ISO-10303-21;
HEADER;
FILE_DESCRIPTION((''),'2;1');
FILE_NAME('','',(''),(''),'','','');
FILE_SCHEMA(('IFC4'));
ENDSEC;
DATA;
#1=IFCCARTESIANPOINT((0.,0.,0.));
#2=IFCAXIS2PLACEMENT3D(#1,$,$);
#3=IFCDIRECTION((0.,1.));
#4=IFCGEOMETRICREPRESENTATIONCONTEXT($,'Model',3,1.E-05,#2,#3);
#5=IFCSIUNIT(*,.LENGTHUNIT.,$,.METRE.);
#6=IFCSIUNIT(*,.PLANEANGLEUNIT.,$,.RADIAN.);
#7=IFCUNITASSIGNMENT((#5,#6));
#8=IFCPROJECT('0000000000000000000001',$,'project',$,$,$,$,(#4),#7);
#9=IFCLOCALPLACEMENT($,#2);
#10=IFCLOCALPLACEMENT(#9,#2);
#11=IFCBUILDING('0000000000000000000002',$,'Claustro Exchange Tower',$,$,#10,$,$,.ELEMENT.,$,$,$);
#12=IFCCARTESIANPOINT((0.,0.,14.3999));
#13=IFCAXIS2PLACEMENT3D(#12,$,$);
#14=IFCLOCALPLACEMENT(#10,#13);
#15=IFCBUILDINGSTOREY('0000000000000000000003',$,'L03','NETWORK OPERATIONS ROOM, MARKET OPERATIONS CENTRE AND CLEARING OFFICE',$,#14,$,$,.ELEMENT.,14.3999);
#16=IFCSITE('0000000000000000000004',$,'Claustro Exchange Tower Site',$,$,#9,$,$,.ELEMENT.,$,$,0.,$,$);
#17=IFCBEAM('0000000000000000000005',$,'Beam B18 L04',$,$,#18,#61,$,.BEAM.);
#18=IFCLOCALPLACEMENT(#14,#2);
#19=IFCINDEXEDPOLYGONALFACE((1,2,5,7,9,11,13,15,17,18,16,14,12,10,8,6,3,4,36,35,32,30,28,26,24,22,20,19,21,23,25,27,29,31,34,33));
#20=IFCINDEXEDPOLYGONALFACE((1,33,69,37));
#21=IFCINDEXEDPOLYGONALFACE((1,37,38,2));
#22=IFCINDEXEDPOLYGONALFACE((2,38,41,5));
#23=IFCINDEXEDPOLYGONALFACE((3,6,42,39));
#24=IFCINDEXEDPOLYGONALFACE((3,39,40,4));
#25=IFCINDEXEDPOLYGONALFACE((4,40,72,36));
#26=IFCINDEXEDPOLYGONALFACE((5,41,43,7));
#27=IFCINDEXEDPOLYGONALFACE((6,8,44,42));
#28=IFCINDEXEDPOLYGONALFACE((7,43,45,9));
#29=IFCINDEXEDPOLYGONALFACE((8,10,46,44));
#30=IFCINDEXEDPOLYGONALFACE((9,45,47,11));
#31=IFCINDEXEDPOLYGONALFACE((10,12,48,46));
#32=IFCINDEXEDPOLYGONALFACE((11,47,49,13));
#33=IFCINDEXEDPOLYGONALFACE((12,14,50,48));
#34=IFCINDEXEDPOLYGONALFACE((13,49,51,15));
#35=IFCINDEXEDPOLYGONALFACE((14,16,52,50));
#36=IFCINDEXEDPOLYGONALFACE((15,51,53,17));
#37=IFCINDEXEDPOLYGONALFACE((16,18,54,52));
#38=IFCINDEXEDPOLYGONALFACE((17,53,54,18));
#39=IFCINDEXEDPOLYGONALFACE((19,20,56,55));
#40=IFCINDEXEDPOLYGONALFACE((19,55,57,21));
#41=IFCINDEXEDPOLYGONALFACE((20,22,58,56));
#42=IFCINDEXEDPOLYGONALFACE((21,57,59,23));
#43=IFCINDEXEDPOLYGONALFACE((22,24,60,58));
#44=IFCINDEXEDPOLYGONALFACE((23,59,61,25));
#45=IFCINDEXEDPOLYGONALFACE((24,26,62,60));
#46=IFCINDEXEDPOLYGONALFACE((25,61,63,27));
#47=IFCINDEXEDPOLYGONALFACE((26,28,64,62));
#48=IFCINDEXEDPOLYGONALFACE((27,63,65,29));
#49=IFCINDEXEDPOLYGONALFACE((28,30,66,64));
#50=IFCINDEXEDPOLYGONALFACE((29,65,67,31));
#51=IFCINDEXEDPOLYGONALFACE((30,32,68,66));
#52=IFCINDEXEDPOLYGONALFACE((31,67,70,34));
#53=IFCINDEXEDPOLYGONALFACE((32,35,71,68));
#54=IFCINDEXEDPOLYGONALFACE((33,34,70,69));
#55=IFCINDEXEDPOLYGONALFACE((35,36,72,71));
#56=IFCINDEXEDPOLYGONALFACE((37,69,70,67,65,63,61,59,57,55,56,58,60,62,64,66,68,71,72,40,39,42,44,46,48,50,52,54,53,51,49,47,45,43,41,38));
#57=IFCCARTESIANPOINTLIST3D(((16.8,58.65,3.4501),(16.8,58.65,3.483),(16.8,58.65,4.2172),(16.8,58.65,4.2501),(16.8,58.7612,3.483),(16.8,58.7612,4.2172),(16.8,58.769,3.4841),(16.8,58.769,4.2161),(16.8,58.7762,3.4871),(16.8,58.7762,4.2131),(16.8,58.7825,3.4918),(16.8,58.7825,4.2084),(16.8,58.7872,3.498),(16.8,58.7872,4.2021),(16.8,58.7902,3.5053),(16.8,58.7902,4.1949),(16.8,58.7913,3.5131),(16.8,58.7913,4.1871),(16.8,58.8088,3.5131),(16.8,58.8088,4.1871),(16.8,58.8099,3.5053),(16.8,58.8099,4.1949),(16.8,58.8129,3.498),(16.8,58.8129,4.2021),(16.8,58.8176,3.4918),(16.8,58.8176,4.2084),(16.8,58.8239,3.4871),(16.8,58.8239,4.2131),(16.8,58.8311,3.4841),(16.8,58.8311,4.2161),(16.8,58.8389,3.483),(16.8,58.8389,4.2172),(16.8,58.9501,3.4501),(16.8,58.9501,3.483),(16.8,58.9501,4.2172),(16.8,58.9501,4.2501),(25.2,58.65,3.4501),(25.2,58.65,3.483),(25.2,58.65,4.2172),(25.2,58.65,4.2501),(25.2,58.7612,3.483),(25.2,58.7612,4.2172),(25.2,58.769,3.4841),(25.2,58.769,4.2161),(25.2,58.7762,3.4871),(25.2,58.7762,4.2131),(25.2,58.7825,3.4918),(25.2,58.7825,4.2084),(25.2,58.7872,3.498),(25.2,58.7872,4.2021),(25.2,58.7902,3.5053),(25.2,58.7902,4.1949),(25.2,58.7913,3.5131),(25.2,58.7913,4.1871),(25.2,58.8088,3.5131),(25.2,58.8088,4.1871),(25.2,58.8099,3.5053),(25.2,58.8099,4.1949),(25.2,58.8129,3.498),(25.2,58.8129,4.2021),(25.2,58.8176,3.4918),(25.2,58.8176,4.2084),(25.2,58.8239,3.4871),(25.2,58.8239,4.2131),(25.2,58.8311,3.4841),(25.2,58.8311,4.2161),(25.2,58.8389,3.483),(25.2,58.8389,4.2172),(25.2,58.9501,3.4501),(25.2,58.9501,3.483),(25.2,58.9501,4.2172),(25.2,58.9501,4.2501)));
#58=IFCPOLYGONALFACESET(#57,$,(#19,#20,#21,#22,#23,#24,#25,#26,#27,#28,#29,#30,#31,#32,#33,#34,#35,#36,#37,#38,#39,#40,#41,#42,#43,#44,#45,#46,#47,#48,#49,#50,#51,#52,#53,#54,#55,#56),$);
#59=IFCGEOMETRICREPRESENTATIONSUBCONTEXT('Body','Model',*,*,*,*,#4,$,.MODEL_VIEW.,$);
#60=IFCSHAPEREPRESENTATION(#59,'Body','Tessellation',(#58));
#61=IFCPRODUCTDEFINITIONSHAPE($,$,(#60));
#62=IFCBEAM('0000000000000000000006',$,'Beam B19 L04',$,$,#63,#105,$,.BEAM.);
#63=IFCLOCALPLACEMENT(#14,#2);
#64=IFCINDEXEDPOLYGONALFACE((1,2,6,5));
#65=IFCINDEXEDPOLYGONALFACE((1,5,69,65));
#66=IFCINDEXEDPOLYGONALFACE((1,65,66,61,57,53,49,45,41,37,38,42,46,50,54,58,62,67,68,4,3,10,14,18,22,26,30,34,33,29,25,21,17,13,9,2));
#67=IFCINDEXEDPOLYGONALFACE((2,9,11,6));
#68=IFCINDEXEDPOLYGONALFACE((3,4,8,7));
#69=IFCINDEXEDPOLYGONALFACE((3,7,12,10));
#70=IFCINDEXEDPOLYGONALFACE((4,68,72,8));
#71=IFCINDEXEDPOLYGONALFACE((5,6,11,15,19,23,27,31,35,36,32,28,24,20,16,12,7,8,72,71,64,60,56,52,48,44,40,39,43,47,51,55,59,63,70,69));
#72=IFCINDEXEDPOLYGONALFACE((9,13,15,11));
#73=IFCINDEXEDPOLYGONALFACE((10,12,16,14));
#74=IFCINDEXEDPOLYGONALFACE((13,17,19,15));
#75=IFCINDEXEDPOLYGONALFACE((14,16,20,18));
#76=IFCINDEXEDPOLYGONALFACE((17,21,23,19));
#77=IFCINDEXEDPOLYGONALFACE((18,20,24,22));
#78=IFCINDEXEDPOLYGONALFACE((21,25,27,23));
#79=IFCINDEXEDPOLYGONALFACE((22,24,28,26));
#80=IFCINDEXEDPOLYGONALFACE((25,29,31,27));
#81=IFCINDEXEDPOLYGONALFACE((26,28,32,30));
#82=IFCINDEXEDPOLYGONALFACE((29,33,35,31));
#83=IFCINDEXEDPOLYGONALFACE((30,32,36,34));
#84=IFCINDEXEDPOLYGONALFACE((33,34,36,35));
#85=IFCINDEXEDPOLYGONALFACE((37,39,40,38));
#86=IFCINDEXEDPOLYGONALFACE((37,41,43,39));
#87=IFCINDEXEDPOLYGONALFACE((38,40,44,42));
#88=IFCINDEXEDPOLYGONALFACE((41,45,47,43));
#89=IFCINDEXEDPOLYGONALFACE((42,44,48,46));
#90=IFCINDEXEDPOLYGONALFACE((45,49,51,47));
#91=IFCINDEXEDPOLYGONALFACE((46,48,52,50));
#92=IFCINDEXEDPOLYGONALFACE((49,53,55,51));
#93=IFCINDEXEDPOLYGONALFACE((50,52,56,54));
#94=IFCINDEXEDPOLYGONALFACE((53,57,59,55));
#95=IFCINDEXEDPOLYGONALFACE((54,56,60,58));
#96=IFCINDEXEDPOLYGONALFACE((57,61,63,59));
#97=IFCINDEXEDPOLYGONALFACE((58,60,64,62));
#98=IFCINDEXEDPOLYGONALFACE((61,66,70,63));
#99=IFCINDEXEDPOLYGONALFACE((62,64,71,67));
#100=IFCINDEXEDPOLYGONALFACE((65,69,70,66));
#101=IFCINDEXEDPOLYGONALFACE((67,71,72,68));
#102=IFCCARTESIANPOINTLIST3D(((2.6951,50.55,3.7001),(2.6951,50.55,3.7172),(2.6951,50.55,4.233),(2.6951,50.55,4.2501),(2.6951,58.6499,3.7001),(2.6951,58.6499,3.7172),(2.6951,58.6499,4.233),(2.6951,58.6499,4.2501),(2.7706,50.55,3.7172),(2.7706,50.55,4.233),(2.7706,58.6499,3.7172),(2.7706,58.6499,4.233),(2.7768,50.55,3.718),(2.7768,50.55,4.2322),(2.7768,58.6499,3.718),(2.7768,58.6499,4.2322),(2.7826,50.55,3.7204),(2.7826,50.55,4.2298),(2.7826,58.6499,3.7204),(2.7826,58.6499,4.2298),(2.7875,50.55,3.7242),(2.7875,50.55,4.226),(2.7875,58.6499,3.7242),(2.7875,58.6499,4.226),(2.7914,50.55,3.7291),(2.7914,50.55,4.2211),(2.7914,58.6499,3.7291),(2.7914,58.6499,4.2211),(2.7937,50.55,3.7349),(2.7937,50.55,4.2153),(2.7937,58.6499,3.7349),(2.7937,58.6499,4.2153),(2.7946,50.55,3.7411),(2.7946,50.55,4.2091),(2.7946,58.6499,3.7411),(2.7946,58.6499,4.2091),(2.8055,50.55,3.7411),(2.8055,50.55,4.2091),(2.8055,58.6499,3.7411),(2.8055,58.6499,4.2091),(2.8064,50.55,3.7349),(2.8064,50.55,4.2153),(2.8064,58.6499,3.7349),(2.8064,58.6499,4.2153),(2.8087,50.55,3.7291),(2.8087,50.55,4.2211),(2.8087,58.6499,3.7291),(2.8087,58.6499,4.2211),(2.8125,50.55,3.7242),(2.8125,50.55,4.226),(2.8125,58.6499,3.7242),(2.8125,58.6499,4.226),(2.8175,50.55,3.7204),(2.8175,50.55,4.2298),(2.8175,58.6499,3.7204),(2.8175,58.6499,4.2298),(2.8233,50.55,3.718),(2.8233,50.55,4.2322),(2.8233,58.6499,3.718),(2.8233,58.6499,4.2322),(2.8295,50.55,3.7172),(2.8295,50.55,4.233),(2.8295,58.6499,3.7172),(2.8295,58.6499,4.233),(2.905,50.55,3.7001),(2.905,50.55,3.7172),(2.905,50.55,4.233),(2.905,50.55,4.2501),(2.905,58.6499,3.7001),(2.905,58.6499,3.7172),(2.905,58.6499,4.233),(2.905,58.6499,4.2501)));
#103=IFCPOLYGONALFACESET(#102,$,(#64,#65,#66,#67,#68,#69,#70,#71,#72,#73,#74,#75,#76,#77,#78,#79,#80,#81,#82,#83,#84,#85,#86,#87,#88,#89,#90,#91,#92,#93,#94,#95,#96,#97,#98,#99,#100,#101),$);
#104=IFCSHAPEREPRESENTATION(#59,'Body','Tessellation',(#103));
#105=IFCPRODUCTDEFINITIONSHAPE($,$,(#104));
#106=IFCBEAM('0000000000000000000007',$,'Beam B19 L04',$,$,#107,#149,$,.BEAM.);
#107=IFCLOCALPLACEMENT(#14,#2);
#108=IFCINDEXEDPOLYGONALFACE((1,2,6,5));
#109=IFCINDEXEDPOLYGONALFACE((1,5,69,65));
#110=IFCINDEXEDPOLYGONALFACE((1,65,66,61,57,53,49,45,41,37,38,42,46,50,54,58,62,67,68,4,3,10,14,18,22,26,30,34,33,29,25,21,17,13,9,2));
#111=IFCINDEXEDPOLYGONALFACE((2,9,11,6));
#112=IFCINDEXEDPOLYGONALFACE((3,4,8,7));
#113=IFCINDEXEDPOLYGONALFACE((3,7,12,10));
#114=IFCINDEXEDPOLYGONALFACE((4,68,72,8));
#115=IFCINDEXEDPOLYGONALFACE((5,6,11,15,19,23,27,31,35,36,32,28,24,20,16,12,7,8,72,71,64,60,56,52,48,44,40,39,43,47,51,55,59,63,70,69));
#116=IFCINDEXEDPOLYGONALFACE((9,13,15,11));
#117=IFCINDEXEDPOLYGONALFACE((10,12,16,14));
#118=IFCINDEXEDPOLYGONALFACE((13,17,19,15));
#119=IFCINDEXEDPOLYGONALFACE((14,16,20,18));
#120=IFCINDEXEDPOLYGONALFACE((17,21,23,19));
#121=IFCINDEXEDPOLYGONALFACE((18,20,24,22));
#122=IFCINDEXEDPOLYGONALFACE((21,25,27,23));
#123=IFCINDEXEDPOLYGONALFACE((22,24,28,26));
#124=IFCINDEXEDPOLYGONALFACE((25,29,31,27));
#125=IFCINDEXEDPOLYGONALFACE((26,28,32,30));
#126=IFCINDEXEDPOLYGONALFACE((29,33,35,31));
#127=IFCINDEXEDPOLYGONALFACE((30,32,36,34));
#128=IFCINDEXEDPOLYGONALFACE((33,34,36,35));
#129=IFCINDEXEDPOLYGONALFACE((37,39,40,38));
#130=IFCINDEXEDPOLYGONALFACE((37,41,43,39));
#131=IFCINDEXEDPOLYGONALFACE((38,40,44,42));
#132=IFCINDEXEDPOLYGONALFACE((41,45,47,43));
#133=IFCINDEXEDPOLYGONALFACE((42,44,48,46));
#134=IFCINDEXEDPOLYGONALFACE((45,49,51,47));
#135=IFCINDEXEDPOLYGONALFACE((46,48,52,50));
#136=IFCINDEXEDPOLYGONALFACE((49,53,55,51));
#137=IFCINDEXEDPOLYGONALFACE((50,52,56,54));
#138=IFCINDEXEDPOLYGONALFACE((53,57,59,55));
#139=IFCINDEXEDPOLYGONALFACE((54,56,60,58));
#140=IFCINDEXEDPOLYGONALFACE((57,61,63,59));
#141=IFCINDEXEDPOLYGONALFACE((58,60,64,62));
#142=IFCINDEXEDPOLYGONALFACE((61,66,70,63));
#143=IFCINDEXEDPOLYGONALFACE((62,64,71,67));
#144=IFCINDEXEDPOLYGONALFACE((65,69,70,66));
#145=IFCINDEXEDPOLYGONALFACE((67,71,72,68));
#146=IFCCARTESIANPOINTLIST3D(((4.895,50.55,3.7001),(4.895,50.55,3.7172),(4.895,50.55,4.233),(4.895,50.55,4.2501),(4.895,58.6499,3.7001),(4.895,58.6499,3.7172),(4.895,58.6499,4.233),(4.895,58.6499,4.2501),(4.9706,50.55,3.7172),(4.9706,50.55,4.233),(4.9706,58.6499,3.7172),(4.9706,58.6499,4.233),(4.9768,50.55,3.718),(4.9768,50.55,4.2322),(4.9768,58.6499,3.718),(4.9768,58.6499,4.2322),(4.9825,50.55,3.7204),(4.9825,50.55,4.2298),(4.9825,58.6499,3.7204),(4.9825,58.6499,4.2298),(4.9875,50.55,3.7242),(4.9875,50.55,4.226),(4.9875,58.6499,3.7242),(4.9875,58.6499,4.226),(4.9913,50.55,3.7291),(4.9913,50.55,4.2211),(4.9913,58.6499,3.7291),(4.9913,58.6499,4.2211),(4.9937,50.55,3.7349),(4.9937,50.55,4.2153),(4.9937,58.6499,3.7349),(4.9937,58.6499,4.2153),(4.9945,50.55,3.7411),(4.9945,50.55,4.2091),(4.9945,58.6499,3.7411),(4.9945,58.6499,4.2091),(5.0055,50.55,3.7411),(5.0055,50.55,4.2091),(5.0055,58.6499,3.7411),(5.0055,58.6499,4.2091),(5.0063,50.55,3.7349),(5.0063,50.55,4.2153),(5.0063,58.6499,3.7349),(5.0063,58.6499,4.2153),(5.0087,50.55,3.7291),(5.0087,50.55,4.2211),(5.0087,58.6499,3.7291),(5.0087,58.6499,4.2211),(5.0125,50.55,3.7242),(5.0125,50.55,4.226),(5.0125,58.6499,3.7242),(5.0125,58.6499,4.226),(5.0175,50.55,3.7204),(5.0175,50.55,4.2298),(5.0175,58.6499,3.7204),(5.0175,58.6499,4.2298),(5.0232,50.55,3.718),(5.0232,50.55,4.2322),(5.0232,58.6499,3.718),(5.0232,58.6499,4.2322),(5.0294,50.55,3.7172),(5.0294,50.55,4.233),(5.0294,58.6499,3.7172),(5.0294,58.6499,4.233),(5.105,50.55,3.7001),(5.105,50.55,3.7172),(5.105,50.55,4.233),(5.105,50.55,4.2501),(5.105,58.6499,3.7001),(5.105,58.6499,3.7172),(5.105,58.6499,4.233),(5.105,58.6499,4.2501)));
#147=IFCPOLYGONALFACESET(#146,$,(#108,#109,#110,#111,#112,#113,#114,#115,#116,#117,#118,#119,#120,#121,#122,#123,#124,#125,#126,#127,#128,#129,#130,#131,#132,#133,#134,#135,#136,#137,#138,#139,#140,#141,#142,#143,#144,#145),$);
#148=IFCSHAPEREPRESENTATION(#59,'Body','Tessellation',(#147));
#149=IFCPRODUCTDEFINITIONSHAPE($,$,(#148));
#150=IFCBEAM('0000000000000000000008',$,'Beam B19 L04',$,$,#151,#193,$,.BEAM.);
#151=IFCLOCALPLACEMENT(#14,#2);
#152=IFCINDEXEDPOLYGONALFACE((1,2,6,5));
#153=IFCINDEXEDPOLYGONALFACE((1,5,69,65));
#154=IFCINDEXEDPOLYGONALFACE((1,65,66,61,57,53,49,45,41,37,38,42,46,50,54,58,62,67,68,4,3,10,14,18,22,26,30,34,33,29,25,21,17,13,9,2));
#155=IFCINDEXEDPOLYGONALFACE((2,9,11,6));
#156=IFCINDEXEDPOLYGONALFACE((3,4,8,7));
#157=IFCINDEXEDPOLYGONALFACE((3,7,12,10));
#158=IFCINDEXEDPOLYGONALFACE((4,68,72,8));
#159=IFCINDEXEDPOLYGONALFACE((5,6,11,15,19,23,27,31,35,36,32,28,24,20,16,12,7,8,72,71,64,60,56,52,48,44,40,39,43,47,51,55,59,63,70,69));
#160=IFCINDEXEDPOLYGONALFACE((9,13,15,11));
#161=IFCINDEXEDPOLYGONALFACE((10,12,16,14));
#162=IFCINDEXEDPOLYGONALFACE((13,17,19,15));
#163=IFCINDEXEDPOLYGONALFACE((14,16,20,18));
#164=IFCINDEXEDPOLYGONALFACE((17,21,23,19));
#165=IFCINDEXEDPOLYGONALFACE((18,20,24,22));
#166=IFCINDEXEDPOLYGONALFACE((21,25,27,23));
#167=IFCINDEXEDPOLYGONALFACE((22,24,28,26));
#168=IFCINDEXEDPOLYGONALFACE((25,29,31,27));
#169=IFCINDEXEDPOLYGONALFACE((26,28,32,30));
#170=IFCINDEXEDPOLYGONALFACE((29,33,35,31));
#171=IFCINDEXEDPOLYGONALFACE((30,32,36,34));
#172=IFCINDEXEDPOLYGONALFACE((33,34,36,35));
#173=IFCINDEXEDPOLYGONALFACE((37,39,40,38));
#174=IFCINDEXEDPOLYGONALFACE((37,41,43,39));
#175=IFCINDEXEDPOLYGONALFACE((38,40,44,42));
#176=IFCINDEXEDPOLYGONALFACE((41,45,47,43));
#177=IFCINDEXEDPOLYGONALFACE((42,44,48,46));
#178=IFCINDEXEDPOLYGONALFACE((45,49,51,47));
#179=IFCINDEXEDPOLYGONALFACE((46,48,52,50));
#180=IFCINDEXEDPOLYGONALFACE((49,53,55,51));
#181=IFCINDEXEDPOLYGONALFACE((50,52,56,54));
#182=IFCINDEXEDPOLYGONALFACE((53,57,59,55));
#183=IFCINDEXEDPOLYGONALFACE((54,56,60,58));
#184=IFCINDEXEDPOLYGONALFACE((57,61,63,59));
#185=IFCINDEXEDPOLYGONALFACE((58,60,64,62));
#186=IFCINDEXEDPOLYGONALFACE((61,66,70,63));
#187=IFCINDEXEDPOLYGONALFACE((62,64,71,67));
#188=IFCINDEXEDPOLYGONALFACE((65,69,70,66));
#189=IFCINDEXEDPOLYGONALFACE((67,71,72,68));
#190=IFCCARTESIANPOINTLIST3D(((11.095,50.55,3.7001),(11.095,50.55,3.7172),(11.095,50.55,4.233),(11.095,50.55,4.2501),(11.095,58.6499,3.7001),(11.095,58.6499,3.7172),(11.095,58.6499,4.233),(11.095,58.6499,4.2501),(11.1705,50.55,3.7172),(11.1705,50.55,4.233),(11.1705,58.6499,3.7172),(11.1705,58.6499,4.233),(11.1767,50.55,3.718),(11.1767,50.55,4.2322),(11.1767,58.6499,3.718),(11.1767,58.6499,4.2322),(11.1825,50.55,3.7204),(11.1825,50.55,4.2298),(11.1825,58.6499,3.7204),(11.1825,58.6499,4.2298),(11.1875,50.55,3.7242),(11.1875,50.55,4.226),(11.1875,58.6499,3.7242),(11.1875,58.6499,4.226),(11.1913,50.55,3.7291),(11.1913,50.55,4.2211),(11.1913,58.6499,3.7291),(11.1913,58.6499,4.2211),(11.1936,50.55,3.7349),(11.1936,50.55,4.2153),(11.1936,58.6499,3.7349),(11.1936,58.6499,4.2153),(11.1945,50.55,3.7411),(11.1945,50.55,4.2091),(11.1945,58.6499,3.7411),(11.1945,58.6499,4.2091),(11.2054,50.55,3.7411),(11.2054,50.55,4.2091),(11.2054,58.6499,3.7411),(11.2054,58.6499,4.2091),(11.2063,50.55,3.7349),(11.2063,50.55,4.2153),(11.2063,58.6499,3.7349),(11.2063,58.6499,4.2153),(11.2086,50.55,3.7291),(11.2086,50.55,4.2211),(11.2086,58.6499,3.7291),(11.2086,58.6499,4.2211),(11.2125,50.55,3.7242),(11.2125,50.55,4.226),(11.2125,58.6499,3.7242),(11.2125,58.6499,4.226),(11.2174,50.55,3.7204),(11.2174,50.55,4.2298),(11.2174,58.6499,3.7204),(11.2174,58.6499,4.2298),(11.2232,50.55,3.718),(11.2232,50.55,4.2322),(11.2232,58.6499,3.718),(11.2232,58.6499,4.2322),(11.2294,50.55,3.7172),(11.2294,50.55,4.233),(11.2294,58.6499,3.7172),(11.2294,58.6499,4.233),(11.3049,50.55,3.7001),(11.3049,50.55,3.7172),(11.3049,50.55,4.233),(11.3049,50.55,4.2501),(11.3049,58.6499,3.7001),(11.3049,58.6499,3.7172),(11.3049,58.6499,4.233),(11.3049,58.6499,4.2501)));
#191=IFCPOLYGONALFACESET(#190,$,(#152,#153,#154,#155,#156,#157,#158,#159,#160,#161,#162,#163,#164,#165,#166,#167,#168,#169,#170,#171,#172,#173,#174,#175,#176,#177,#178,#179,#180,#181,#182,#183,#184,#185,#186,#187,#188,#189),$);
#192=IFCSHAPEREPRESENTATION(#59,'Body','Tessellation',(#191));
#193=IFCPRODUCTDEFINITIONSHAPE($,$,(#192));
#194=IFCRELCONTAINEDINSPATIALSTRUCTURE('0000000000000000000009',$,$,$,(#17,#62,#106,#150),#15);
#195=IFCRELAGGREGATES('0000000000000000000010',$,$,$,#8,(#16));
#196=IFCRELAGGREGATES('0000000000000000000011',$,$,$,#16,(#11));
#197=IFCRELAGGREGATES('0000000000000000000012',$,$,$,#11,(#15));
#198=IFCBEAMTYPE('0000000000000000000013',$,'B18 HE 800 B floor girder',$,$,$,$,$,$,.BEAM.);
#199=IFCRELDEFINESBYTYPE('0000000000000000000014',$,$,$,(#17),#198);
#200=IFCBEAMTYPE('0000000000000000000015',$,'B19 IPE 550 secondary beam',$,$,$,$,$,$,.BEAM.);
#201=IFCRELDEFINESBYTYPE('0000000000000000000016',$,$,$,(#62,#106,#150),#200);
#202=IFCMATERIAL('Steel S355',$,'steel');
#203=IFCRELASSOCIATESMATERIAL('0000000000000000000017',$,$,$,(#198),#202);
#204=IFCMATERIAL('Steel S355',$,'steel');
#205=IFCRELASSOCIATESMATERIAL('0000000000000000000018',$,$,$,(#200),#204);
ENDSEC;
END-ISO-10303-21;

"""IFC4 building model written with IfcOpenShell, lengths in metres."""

from ifc_helpers import new_model, si_unit, direction, frame, origin, origin_2d, place, context, subcontext, project, spatial, i_section, extrude, material, material_profile, profile_set, type_object, element, save


model = new_model("IFC4")

# Units and contexts
model_context = context("Model", 3, precision=1e-05, world=origin(), true_north=direction((0.0, 1.0)))
body_context = subcontext(model_context, "Body", "Model", "MODEL_VIEW")
ifc_project = project(units=[si_unit("LENGTHUNIT", "METRE"), si_unit("PLANEANGLEUNIT", "RADIAN")], contexts=[model_context])

# Site, building, storey
site_placement = place(None, origin())
site = spatial("IfcSite", under=ifc_project, at=site_placement, Name="Claustro Exchange Tower Site", CompositionType="ELEMENT", RefElevation=0.0)
building_placement = place(site_placement, origin())
building = spatial("IfcBuilding", under=site, at=building_placement, Name="Claustro Exchange Tower", CompositionType="ELEMENT")
storey_placement = place(building_placement, frame((0.0, 0.0, 14.3999)))
storey = spatial("IfcBuildingStorey", under=building, at=storey_placement, Name="L03", Description="NETWORK OPERATIONS ROOM, MARKET OPERATIONS CENTRE AND CLEARING OFFICE", CompositionType="ELEMENT", Elevation=14.3999)

# Beams
ifc_material_1 = material(Name="Steel S355", Category="steel")
ifc_material_profile_1 = material_profile(ifc_material_1, i_section(OverallWidth=0.3, OverallDepth=0.8, WebThickness=0.0176, FlangeThickness=0.033, FilletRadius=0.03, at=origin_2d()), Name="HE 800 B")
ifc_profile_set_1 = profile_set([ifc_material_profile_1], Name="Steel S355")
beam_type_1 = type_object("IfcBeamType", Name="B18 HE 800 B floor girder", PredefinedType="BEAM", material=ifc_profile_set_1)
beam_1_placement = place(storey_placement, frame((16.8, 58.8, 3.8501), z_axis=(1.0, 0.0, 0.0), x_axis=(0.0, 1.0, 0.0)))
element("IfcBeam", 1, at=beam_1_placement, inside=storey, type_object=beam_type_1, Name="Beam B18 L04", PredefinedType="BEAM", context=body_context, shape_type="SweptSolid", body=[
    extrude(i_section(OverallWidth=0.3, OverallDepth=0.8, WebThickness=0.0176, FlangeThickness=0.033, FilletRadius=0.03, at=origin_2d()), origin(), (0.0, 0.0, 1.0), 8.3999),
])
ifc_material_2 = material(Name="Steel S355", Category="steel")
ifc_material_profile_2 = material_profile(ifc_material_2, i_section(OverallWidth=0.21, OverallDepth=0.55, WebThickness=0.011, FlangeThickness=0.0171, FilletRadius=0.0239, at=origin_2d()), Name="IPE 550")
ifc_profile_set_2 = profile_set([ifc_material_profile_2], Name="Steel S355")
beam_type_2 = type_object("IfcBeamType", Name="B19 IPE 550 secondary beam", PredefinedType="BEAM", material=ifc_profile_set_2)
for number, where, z_axis, x_axis, name in (
    (2, (2.8, 50.55, 3.9751), (0.0, 1.0, 0.0), (-1.0, 0.0, 0.0), "Beam B19 L04"),
    (3, (5.0, 50.55, 3.9751), (0.0, 1.0, 0.0), (-1.0, 0.0, 0.0), "Beam B19 L04"),
    (4, (11.2, 50.55, 3.9751), (0.0, 1.0, 0.0), (-1.0, 0.0, 0.0), "Beam B19 L04"),
):
    element("IfcBeam", number, at=place(storey_placement, frame(where, z_axis=z_axis, x_axis=x_axis)), inside=storey, type_object=beam_type_2, Name=name, PredefinedType="BEAM", context=body_context, shape_type="SweptSolid", body=[
        extrude(i_section(OverallWidth=0.21, OverallDepth=0.55, WebThickness=0.011, FlangeThickness=0.0171, FilletRadius=0.0239, at=origin_2d()), origin(), (0.0, 0.0, 1.0), 8.0999),
    ])

save(model, "model.ifc")
